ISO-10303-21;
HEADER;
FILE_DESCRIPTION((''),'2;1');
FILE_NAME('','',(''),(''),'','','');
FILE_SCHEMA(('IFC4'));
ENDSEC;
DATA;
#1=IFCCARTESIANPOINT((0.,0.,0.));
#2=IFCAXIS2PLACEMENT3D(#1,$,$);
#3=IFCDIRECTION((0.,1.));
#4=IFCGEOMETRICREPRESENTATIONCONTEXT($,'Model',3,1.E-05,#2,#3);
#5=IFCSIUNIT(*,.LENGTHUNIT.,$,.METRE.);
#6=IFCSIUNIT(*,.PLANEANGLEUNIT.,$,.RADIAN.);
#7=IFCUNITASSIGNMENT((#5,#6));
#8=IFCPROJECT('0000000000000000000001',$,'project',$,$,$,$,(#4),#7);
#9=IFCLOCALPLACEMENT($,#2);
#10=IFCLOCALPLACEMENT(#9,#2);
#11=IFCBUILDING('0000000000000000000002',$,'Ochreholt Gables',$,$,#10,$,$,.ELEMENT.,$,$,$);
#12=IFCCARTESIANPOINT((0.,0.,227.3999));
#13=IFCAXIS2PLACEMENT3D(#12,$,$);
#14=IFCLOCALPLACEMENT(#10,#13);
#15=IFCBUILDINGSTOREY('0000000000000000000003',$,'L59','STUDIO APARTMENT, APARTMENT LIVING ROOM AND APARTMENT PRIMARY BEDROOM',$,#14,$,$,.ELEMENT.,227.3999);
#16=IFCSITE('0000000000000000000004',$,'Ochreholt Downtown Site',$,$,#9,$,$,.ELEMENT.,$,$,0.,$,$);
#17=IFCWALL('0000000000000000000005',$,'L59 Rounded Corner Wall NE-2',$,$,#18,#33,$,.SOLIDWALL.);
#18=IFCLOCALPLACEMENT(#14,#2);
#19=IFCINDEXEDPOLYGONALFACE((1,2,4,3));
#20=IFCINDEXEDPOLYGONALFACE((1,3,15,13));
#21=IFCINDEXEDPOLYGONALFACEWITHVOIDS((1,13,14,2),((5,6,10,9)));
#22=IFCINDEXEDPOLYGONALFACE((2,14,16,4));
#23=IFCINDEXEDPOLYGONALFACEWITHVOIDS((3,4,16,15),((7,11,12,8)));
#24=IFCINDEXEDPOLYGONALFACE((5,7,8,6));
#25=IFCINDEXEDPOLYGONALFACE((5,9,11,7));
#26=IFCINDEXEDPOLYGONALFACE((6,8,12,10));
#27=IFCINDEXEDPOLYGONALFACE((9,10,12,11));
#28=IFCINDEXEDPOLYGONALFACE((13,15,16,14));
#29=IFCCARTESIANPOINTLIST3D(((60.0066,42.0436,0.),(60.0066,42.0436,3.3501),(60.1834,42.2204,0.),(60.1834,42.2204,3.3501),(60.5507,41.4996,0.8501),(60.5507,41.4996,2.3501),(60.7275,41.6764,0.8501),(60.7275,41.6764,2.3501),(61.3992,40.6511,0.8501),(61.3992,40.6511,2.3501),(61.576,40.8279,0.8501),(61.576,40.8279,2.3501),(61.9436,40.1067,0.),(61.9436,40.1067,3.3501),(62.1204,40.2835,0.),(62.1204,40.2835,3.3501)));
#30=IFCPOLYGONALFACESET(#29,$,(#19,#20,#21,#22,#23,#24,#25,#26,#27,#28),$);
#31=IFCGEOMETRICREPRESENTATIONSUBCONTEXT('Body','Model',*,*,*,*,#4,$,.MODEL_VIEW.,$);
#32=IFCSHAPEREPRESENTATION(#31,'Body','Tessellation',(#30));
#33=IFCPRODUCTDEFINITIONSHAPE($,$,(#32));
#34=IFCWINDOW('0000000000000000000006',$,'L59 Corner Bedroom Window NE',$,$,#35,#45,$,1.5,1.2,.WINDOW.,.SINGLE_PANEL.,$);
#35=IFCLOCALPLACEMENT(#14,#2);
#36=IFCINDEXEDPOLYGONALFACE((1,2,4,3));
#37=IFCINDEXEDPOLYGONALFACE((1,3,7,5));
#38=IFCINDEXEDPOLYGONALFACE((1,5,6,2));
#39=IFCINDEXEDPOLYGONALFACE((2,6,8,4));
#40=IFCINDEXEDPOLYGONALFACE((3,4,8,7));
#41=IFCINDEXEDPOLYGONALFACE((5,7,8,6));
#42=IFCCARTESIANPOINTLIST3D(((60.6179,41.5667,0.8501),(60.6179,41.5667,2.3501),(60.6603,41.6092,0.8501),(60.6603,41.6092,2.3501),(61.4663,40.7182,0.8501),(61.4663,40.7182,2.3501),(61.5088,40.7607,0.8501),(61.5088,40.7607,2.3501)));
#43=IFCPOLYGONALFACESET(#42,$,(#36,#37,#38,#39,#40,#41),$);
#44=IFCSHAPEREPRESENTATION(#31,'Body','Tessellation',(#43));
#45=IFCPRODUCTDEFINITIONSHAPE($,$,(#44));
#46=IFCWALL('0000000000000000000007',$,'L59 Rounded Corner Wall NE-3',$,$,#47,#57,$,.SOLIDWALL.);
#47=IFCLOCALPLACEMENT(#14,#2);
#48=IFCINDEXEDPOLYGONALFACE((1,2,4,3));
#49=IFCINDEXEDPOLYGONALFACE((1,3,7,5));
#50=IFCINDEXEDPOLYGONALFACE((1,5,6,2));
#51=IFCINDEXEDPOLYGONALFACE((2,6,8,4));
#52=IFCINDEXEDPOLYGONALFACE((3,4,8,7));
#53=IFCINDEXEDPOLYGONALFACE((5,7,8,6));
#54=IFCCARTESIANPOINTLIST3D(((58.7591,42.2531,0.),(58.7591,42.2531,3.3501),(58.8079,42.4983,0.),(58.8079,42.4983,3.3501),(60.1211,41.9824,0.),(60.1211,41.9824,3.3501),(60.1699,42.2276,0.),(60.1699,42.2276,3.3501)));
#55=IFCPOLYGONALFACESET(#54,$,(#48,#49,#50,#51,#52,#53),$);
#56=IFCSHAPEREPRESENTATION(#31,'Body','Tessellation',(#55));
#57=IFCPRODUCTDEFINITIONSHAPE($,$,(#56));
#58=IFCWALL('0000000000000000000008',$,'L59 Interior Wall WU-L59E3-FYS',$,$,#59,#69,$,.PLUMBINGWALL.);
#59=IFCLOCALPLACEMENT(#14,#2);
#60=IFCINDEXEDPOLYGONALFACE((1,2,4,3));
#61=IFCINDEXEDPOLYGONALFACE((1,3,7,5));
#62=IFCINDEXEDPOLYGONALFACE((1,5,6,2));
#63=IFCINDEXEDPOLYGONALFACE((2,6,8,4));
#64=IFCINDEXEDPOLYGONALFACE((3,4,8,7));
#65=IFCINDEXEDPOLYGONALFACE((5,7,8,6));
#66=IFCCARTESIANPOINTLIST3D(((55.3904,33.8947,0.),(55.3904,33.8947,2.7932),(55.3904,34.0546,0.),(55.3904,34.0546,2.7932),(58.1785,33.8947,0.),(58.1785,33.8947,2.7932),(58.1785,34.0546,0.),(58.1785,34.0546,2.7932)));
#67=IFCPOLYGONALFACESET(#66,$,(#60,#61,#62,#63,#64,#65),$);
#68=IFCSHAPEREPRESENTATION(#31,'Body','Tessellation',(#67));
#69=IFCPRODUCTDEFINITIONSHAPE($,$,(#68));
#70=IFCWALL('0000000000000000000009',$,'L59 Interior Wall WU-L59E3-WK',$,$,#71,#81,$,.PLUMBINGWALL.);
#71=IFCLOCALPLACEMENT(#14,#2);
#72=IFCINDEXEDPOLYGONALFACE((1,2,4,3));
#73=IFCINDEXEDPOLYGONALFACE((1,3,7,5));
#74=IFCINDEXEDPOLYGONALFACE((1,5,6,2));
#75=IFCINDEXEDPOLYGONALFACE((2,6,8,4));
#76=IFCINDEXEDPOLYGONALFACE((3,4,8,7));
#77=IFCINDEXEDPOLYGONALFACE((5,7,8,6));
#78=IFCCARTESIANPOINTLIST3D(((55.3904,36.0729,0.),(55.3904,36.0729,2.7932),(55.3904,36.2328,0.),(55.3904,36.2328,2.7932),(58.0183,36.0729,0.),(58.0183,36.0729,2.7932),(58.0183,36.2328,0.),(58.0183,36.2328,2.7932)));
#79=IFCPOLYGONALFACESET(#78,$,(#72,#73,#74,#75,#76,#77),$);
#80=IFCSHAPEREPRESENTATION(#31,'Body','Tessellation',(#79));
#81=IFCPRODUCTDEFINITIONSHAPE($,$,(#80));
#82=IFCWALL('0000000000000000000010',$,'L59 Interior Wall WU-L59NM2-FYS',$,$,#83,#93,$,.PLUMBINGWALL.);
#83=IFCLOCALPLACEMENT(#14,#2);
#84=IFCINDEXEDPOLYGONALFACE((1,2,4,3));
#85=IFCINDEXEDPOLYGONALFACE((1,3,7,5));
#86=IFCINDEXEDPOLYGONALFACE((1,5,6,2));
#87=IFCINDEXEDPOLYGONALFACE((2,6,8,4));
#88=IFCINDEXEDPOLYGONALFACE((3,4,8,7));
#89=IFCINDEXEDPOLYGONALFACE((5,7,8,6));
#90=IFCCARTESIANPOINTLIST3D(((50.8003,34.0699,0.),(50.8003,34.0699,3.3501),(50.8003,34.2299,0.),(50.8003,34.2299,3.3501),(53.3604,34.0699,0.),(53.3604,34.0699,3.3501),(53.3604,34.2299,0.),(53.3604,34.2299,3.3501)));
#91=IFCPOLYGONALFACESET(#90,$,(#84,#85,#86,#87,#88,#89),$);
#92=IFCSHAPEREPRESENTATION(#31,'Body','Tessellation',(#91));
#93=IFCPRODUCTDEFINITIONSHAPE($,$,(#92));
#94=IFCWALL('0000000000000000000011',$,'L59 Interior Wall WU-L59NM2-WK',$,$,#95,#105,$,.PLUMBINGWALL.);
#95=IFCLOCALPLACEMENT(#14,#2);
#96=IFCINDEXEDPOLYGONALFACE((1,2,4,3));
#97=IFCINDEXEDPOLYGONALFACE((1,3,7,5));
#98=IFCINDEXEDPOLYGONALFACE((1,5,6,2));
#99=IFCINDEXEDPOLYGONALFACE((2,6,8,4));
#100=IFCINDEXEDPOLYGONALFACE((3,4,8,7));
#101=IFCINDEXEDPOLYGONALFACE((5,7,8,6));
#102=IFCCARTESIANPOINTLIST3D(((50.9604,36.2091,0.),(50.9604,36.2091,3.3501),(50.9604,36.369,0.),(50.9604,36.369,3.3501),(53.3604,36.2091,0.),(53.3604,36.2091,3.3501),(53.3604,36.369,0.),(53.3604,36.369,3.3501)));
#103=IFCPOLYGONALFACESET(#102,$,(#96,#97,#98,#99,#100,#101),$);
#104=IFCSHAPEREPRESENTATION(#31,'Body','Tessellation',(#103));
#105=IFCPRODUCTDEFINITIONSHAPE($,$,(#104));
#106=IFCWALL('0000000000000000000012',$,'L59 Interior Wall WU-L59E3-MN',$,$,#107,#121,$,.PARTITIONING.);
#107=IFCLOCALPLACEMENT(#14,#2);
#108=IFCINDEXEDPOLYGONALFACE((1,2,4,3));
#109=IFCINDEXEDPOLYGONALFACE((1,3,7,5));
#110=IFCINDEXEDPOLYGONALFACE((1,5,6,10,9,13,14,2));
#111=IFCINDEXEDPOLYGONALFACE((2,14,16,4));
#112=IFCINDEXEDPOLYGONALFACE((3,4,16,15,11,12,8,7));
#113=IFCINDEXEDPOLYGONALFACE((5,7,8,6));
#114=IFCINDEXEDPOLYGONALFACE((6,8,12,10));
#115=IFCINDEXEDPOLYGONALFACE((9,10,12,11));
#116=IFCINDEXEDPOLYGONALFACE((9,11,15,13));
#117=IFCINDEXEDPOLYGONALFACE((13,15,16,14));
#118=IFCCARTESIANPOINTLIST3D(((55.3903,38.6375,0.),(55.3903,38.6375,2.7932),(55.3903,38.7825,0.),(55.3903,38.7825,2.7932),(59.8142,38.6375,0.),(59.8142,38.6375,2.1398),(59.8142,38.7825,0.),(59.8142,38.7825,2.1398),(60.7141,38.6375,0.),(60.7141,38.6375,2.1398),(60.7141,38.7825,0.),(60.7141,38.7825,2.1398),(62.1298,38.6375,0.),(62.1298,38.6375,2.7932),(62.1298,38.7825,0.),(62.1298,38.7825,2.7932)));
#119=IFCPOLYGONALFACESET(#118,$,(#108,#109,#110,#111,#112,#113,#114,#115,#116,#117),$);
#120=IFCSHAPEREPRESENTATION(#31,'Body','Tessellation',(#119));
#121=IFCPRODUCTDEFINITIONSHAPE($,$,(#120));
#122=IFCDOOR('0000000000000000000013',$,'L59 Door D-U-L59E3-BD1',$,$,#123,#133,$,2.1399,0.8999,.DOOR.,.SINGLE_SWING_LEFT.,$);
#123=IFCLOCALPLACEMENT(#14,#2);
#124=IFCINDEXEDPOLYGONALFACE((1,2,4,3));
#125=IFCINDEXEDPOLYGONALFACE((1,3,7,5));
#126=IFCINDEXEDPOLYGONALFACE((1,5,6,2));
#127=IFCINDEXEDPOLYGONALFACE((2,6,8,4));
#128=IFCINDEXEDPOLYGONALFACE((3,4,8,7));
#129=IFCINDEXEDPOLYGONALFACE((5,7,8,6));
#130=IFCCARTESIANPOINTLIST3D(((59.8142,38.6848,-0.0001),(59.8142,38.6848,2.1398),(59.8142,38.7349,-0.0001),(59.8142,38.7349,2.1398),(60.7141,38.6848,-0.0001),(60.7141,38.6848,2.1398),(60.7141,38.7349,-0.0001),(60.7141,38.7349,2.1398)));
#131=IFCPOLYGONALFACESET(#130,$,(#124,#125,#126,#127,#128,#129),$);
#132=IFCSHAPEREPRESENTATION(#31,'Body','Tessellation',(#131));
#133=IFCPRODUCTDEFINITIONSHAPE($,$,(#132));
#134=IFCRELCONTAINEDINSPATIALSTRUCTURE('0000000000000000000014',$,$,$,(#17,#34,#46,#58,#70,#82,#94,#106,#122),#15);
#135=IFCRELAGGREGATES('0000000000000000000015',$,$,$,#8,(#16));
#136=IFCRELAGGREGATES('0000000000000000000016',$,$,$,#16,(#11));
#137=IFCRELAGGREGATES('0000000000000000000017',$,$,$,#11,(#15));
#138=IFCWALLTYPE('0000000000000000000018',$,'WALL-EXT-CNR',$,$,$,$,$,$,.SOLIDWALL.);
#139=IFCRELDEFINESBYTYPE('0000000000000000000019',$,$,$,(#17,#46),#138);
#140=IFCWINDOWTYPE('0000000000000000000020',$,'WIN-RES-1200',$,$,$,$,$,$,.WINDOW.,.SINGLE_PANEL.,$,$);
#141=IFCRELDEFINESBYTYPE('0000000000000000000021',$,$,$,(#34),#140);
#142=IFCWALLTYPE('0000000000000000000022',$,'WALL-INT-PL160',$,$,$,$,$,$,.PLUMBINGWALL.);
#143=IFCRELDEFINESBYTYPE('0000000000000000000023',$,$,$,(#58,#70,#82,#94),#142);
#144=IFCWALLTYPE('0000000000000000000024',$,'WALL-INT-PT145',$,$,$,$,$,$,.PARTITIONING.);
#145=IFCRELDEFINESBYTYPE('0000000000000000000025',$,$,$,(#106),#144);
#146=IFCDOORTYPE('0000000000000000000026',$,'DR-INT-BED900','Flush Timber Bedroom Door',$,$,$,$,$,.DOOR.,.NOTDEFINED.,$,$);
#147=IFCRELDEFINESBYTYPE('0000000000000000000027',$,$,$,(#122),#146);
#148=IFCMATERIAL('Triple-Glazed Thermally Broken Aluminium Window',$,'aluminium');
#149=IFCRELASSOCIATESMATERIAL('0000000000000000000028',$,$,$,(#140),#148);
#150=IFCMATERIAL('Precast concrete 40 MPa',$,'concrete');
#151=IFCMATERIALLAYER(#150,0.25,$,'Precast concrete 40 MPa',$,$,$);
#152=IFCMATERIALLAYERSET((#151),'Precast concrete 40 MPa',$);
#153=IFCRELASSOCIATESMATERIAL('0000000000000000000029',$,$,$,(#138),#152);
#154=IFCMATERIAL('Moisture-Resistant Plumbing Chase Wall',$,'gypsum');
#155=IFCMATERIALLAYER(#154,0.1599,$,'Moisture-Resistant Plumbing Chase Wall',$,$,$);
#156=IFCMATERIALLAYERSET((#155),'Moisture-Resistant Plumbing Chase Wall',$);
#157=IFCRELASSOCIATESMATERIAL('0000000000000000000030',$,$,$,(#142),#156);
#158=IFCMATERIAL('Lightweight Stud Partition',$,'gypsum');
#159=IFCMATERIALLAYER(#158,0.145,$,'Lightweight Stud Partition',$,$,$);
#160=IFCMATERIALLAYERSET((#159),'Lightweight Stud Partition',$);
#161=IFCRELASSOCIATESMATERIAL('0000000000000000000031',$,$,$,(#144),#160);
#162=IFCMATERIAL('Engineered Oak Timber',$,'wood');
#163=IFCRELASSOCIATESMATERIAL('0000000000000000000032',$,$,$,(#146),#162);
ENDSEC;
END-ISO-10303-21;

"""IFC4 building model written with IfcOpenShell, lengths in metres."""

from ifc_helpers import new_model, si_unit, direction, frame, frame_2d, origin, place, context, subcontext, project, spatial, rectangle, extrude, material, layer, layer_set, type_object, element, fill, save


model = new_model("IFC4")

# Units and contexts
model_context = context("Model", 3, precision=1e-05, world=origin(), true_north=direction((0.0, 1.0)))
body_context = subcontext(model_context, "Body", "Model", "MODEL_VIEW")
ifc_project = project(units=[si_unit("LENGTHUNIT", "METRE"), si_unit("PLANEANGLEUNIT", "RADIAN")], contexts=[model_context])

# Site, building, storey
site_placement = place(None, origin())
site = spatial("IfcSite", under=ifc_project, at=site_placement, Name="Ochreholt Downtown Site", CompositionType="ELEMENT", RefElevation=0.0)
building_placement = place(site_placement, origin())
building = spatial("IfcBuilding", under=site, at=building_placement, Name="Ochreholt Gables", CompositionType="ELEMENT")
storey_placement = place(building_placement, frame((0.0, 0.0, 227.3999)))
storey = spatial("IfcBuildingStorey", under=building, at=storey_placement, Name="L59", Description="STUDIO APARTMENT, APARTMENT LIVING ROOM AND APARTMENT PRIMARY BEDROOM", CompositionType="ELEMENT", Elevation=227.3999)

# Shared definitions
ifc_material_1 = material(Name="Precast concrete 40 MPa", Category="concrete")
ifc_material_2 = material(Name="Triple-Glazed Thermally Broken Aluminium Window", Category="aluminium")
window_type_1 = type_object("IfcWindowType", Name="WIN-RES-1200", PartitioningType="SINGLE_PANEL", PredefinedType="WINDOW", material=ifc_material_2)

# Shared definitions
ifc_layer_1 = layer(ifc_material_1, 0.25, Name="Precast concrete 40 MPa")
ifc_layer_set_1 = layer_set([ifc_layer_1], Name="Precast concrete 40 MPa")
wall_type_1 = type_object("IfcWallType", Name="WALL-EXT-CNR", PredefinedType="SOLIDWALL", material=ifc_layer_set_1)

# Wall, opening, window
wall_1_placement = place(storey_placement, frame((62.032, 40.1951, 0.0), z_axis=(0.0, 0.0, 1.0), x_axis=(-0.707107, 0.707107, 0.0)))
wall_1 = element("IfcWall", 1, at=wall_1_placement, inside=storey, type_object=wall_type_1, Name="L59 Rounded Corner Wall NE-2", PredefinedType="SOLIDWALL", context=body_context, shape_type="SweptSolid", body=[
    extrude(rectangle(XDim=2.7393, YDim=0.25, at=frame_2d((1.3696, 0.0))), origin(), (0.0, 0.0, 1.0), 3.3501),
])
opening_1_placement = place(wall_1_placement, frame((0.7698, 0.0, 0.8501)))
opening_1 = element("IfcOpeningElement", 2, at=opening_1_placement, cuts=wall_1, PredefinedType="OPENING", context=body_context, shape_type="SweptSolid", body=[
    extrude(rectangle(XDim=1.2, YDim=1.5, at=frame_2d((0.6001, 0.75))), frame((0.0, 0.135, 0.0), z_axis=(0.0, -1.0, 0.0), x_axis=(1.0, 0.0, 0.0)), (0.0, 0.0, 1.0), 0.27),
])
window_1_placement = place(opening_1_placement, origin())
window_1 = element("IfcWindow", 3, at=window_1_placement, inside=storey, type_object=window_type_1, Name="L59 Corner Bedroom Window NE", OverallHeight=1.5, OverallWidth=1.2, PartitioningType="SINGLE_PANEL", PredefinedType="WINDOW", context=body_context, shape_type="SweptSolid", body=[
    extrude(rectangle(XDim=1.2, YDim=1.5, at=frame_2d((0.6001, 0.75))), frame((0.0, 0.03, 0.0), z_axis=(0.0, -1.0, 0.0), x_axis=(1.0, 0.0, 0.0)), (0.0, 0.0, 1.0), 0.0601),
])
fill(opening_1, window_1)

# Walls
wall_2_placement = place(storey_placement, frame((60.1455, 42.105, 0.0), z_axis=(0.0, 0.0, 1.0), x_axis=(-0.98081, 0.194967, 0.0)))
element("IfcWall", 4, at=wall_2_placement, inside=storey, type_object=wall_type_1, Name="L59 Rounded Corner Wall NE-3", PredefinedType="SOLIDWALL", context=body_context, shape_type="SweptSolid", body=[
    extrude(rectangle(XDim=1.3887, YDim=0.25, at=frame_2d((0.6943, 0.0))), origin(), (0.0, 0.0, 1.0), 3.3501),
])
ifc_material_3 = material(Name="Moisture-Resistant Plumbing Chase Wall", Category="gypsum")
ifc_layer_2 = layer(ifc_material_3, 0.1599, Name="Moisture-Resistant Plumbing Chase Wall")
ifc_layer_set_2 = layer_set([ifc_layer_2], Name="Moisture-Resistant Plumbing Chase Wall")
wall_type_2 = type_object("IfcWallType", Name="WALL-INT-PL160", PredefinedType="PLUMBINGWALL", material=ifc_layer_set_2)
wall_3_placement = place(storey_placement, frame((55.3904, 33.9746, 0.0), z_axis=(0.0, 0.0, 1.0), x_axis=(1.0, 0.0, 0.0)))
element("IfcWall", 5, at=wall_3_placement, inside=storey, type_object=wall_type_2, Name="L59 Interior Wall WU-L59E3-FYS", PredefinedType="PLUMBINGWALL", context=body_context, shape_type="SweptSolid", body=[
    extrude(rectangle(XDim=2.7881, YDim=0.1599, at=frame_2d((1.394, 0.0))), origin(), (0.0, 0.0, 1.0), 2.7932),
])
wall_4_placement = place(storey_placement, frame((55.3904, 36.1528, 0.0), z_axis=(0.0, 0.0, 1.0), x_axis=(1.0, 0.0, 0.0)))
element("IfcWall", 6, at=wall_4_placement, inside=storey, type_object=wall_type_2, Name="L59 Interior Wall WU-L59E3-WK", PredefinedType="PLUMBINGWALL", context=body_context, shape_type="SweptSolid", body=[
    extrude(rectangle(XDim=2.6279, YDim=0.1599, at=frame_2d((1.314, 0.0))), origin(), (0.0, 0.0, 1.0), 2.7932),
])
wall_5_placement = place(storey_placement, frame((50.8003, 34.1499, 0.0), z_axis=(0.0, 0.0, 1.0), x_axis=(1.0, 0.0, 0.0)))
element("IfcWall", 7, at=wall_5_placement, inside=storey, type_object=wall_type_2, Name="L59 Interior Wall WU-L59NM2-FYS", PredefinedType="PLUMBINGWALL", context=body_context, shape_type="SweptSolid", body=[
    extrude(rectangle(XDim=2.5601, YDim=0.1599, at=frame_2d((1.28, 0.0))), origin(), (0.0, 0.0, 1.0), 3.3501),
])

# Shared definitions
ifc_material_4 = material(Name="Engineered Oak Timber", Category="wood")

# Wall
wall_6_placement = place(storey_placement, frame((50.9604, 36.2891, 0.0), z_axis=(0.0, 0.0, 1.0), x_axis=(1.0, 0.0, 0.0)))
element("IfcWall", 8, at=wall_6_placement, inside=storey, type_object=wall_type_2, Name="L59 Interior Wall WU-L59NM2-WK", PredefinedType="PLUMBINGWALL", context=body_context, shape_type="SweptSolid", body=[
    extrude(rectangle(XDim=2.3999, YDim=0.1599, at=frame_2d((1.2, 0.0))), origin(), (0.0, 0.0, 1.0), 3.3501),
])

# Wall, opening, door
ifc_material_5 = material(Name="Lightweight Stud Partition", Category="gypsum")
ifc_layer_3 = layer(ifc_material_5, 0.145, Name="Lightweight Stud Partition")
ifc_layer_set_3 = layer_set([ifc_layer_3], Name="Lightweight Stud Partition")
wall_type_3 = type_object("IfcWallType", Name="WALL-INT-PT145", PredefinedType="PARTITIONING", material=ifc_layer_set_3)
wall_7_placement = place(storey_placement, frame((55.3904, 38.71, 0.0), z_axis=(0.0, 0.0, 1.0), x_axis=(1.0, 0.0, 0.0)))
wall_7 = element("IfcWall", 9, at=wall_7_placement, inside=storey, type_object=wall_type_3, Name="L59 Interior Wall WU-L59E3-MN", PredefinedType="PARTITIONING", context=body_context, shape_type="SweptSolid", body=[
    extrude(rectangle(XDim=6.7395, YDim=0.145, at=frame_2d((3.3696, 0.0))), origin(), (0.0, 0.0, 1.0), 2.7932),
])
opening_2_placement = place(wall_7_placement, frame((4.4238, 0.0, 0.0)))
opening_2 = element("IfcOpeningElement", 10, at=opening_2_placement, cuts=wall_7, PredefinedType="OPENING", context=body_context, shape_type="SweptSolid", body=[
    extrude(rectangle(XDim=0.8999, YDim=2.1399, at=frame_2d((0.45, 1.0698))), frame((0.0, 0.0825, 0.0), z_axis=(0.0, -1.0, 0.0), x_axis=(1.0, 0.0, 0.0)), (0.0, 0.0, 1.0), 0.165),
])
door_type_1 = type_object("IfcDoorType", Name="DR-INT-BED900", Description="Flush Timber Bedroom Door", OperationType="NOTDEFINED", PredefinedType="DOOR", material=ifc_material_4)
door_1_placement = place(opening_2_placement, origin())
door_1 = element("IfcDoor", 11, at=door_1_placement, inside=storey, type_object=door_type_1, Name="L59 Door D-U-L59E3-BD1", OperationType="SINGLE_SWING_LEFT", OverallHeight=2.1399, OverallWidth=0.8999, PredefinedType="DOOR", context=body_context, shape_type="SweptSolid", body=[
    extrude(rectangle(XDim=0.8999, YDim=2.1399, at=frame_2d((0.45, 1.0698))), frame((0.0, 0.0249, 0.0), z_axis=(0.0, -1.0, 0.0), x_axis=(1.0, 0.0, 0.0)), (0.0, 0.0, 1.0), 0.05),
])
fill(opening_2, door_1)

save(model, "model.ifc")
